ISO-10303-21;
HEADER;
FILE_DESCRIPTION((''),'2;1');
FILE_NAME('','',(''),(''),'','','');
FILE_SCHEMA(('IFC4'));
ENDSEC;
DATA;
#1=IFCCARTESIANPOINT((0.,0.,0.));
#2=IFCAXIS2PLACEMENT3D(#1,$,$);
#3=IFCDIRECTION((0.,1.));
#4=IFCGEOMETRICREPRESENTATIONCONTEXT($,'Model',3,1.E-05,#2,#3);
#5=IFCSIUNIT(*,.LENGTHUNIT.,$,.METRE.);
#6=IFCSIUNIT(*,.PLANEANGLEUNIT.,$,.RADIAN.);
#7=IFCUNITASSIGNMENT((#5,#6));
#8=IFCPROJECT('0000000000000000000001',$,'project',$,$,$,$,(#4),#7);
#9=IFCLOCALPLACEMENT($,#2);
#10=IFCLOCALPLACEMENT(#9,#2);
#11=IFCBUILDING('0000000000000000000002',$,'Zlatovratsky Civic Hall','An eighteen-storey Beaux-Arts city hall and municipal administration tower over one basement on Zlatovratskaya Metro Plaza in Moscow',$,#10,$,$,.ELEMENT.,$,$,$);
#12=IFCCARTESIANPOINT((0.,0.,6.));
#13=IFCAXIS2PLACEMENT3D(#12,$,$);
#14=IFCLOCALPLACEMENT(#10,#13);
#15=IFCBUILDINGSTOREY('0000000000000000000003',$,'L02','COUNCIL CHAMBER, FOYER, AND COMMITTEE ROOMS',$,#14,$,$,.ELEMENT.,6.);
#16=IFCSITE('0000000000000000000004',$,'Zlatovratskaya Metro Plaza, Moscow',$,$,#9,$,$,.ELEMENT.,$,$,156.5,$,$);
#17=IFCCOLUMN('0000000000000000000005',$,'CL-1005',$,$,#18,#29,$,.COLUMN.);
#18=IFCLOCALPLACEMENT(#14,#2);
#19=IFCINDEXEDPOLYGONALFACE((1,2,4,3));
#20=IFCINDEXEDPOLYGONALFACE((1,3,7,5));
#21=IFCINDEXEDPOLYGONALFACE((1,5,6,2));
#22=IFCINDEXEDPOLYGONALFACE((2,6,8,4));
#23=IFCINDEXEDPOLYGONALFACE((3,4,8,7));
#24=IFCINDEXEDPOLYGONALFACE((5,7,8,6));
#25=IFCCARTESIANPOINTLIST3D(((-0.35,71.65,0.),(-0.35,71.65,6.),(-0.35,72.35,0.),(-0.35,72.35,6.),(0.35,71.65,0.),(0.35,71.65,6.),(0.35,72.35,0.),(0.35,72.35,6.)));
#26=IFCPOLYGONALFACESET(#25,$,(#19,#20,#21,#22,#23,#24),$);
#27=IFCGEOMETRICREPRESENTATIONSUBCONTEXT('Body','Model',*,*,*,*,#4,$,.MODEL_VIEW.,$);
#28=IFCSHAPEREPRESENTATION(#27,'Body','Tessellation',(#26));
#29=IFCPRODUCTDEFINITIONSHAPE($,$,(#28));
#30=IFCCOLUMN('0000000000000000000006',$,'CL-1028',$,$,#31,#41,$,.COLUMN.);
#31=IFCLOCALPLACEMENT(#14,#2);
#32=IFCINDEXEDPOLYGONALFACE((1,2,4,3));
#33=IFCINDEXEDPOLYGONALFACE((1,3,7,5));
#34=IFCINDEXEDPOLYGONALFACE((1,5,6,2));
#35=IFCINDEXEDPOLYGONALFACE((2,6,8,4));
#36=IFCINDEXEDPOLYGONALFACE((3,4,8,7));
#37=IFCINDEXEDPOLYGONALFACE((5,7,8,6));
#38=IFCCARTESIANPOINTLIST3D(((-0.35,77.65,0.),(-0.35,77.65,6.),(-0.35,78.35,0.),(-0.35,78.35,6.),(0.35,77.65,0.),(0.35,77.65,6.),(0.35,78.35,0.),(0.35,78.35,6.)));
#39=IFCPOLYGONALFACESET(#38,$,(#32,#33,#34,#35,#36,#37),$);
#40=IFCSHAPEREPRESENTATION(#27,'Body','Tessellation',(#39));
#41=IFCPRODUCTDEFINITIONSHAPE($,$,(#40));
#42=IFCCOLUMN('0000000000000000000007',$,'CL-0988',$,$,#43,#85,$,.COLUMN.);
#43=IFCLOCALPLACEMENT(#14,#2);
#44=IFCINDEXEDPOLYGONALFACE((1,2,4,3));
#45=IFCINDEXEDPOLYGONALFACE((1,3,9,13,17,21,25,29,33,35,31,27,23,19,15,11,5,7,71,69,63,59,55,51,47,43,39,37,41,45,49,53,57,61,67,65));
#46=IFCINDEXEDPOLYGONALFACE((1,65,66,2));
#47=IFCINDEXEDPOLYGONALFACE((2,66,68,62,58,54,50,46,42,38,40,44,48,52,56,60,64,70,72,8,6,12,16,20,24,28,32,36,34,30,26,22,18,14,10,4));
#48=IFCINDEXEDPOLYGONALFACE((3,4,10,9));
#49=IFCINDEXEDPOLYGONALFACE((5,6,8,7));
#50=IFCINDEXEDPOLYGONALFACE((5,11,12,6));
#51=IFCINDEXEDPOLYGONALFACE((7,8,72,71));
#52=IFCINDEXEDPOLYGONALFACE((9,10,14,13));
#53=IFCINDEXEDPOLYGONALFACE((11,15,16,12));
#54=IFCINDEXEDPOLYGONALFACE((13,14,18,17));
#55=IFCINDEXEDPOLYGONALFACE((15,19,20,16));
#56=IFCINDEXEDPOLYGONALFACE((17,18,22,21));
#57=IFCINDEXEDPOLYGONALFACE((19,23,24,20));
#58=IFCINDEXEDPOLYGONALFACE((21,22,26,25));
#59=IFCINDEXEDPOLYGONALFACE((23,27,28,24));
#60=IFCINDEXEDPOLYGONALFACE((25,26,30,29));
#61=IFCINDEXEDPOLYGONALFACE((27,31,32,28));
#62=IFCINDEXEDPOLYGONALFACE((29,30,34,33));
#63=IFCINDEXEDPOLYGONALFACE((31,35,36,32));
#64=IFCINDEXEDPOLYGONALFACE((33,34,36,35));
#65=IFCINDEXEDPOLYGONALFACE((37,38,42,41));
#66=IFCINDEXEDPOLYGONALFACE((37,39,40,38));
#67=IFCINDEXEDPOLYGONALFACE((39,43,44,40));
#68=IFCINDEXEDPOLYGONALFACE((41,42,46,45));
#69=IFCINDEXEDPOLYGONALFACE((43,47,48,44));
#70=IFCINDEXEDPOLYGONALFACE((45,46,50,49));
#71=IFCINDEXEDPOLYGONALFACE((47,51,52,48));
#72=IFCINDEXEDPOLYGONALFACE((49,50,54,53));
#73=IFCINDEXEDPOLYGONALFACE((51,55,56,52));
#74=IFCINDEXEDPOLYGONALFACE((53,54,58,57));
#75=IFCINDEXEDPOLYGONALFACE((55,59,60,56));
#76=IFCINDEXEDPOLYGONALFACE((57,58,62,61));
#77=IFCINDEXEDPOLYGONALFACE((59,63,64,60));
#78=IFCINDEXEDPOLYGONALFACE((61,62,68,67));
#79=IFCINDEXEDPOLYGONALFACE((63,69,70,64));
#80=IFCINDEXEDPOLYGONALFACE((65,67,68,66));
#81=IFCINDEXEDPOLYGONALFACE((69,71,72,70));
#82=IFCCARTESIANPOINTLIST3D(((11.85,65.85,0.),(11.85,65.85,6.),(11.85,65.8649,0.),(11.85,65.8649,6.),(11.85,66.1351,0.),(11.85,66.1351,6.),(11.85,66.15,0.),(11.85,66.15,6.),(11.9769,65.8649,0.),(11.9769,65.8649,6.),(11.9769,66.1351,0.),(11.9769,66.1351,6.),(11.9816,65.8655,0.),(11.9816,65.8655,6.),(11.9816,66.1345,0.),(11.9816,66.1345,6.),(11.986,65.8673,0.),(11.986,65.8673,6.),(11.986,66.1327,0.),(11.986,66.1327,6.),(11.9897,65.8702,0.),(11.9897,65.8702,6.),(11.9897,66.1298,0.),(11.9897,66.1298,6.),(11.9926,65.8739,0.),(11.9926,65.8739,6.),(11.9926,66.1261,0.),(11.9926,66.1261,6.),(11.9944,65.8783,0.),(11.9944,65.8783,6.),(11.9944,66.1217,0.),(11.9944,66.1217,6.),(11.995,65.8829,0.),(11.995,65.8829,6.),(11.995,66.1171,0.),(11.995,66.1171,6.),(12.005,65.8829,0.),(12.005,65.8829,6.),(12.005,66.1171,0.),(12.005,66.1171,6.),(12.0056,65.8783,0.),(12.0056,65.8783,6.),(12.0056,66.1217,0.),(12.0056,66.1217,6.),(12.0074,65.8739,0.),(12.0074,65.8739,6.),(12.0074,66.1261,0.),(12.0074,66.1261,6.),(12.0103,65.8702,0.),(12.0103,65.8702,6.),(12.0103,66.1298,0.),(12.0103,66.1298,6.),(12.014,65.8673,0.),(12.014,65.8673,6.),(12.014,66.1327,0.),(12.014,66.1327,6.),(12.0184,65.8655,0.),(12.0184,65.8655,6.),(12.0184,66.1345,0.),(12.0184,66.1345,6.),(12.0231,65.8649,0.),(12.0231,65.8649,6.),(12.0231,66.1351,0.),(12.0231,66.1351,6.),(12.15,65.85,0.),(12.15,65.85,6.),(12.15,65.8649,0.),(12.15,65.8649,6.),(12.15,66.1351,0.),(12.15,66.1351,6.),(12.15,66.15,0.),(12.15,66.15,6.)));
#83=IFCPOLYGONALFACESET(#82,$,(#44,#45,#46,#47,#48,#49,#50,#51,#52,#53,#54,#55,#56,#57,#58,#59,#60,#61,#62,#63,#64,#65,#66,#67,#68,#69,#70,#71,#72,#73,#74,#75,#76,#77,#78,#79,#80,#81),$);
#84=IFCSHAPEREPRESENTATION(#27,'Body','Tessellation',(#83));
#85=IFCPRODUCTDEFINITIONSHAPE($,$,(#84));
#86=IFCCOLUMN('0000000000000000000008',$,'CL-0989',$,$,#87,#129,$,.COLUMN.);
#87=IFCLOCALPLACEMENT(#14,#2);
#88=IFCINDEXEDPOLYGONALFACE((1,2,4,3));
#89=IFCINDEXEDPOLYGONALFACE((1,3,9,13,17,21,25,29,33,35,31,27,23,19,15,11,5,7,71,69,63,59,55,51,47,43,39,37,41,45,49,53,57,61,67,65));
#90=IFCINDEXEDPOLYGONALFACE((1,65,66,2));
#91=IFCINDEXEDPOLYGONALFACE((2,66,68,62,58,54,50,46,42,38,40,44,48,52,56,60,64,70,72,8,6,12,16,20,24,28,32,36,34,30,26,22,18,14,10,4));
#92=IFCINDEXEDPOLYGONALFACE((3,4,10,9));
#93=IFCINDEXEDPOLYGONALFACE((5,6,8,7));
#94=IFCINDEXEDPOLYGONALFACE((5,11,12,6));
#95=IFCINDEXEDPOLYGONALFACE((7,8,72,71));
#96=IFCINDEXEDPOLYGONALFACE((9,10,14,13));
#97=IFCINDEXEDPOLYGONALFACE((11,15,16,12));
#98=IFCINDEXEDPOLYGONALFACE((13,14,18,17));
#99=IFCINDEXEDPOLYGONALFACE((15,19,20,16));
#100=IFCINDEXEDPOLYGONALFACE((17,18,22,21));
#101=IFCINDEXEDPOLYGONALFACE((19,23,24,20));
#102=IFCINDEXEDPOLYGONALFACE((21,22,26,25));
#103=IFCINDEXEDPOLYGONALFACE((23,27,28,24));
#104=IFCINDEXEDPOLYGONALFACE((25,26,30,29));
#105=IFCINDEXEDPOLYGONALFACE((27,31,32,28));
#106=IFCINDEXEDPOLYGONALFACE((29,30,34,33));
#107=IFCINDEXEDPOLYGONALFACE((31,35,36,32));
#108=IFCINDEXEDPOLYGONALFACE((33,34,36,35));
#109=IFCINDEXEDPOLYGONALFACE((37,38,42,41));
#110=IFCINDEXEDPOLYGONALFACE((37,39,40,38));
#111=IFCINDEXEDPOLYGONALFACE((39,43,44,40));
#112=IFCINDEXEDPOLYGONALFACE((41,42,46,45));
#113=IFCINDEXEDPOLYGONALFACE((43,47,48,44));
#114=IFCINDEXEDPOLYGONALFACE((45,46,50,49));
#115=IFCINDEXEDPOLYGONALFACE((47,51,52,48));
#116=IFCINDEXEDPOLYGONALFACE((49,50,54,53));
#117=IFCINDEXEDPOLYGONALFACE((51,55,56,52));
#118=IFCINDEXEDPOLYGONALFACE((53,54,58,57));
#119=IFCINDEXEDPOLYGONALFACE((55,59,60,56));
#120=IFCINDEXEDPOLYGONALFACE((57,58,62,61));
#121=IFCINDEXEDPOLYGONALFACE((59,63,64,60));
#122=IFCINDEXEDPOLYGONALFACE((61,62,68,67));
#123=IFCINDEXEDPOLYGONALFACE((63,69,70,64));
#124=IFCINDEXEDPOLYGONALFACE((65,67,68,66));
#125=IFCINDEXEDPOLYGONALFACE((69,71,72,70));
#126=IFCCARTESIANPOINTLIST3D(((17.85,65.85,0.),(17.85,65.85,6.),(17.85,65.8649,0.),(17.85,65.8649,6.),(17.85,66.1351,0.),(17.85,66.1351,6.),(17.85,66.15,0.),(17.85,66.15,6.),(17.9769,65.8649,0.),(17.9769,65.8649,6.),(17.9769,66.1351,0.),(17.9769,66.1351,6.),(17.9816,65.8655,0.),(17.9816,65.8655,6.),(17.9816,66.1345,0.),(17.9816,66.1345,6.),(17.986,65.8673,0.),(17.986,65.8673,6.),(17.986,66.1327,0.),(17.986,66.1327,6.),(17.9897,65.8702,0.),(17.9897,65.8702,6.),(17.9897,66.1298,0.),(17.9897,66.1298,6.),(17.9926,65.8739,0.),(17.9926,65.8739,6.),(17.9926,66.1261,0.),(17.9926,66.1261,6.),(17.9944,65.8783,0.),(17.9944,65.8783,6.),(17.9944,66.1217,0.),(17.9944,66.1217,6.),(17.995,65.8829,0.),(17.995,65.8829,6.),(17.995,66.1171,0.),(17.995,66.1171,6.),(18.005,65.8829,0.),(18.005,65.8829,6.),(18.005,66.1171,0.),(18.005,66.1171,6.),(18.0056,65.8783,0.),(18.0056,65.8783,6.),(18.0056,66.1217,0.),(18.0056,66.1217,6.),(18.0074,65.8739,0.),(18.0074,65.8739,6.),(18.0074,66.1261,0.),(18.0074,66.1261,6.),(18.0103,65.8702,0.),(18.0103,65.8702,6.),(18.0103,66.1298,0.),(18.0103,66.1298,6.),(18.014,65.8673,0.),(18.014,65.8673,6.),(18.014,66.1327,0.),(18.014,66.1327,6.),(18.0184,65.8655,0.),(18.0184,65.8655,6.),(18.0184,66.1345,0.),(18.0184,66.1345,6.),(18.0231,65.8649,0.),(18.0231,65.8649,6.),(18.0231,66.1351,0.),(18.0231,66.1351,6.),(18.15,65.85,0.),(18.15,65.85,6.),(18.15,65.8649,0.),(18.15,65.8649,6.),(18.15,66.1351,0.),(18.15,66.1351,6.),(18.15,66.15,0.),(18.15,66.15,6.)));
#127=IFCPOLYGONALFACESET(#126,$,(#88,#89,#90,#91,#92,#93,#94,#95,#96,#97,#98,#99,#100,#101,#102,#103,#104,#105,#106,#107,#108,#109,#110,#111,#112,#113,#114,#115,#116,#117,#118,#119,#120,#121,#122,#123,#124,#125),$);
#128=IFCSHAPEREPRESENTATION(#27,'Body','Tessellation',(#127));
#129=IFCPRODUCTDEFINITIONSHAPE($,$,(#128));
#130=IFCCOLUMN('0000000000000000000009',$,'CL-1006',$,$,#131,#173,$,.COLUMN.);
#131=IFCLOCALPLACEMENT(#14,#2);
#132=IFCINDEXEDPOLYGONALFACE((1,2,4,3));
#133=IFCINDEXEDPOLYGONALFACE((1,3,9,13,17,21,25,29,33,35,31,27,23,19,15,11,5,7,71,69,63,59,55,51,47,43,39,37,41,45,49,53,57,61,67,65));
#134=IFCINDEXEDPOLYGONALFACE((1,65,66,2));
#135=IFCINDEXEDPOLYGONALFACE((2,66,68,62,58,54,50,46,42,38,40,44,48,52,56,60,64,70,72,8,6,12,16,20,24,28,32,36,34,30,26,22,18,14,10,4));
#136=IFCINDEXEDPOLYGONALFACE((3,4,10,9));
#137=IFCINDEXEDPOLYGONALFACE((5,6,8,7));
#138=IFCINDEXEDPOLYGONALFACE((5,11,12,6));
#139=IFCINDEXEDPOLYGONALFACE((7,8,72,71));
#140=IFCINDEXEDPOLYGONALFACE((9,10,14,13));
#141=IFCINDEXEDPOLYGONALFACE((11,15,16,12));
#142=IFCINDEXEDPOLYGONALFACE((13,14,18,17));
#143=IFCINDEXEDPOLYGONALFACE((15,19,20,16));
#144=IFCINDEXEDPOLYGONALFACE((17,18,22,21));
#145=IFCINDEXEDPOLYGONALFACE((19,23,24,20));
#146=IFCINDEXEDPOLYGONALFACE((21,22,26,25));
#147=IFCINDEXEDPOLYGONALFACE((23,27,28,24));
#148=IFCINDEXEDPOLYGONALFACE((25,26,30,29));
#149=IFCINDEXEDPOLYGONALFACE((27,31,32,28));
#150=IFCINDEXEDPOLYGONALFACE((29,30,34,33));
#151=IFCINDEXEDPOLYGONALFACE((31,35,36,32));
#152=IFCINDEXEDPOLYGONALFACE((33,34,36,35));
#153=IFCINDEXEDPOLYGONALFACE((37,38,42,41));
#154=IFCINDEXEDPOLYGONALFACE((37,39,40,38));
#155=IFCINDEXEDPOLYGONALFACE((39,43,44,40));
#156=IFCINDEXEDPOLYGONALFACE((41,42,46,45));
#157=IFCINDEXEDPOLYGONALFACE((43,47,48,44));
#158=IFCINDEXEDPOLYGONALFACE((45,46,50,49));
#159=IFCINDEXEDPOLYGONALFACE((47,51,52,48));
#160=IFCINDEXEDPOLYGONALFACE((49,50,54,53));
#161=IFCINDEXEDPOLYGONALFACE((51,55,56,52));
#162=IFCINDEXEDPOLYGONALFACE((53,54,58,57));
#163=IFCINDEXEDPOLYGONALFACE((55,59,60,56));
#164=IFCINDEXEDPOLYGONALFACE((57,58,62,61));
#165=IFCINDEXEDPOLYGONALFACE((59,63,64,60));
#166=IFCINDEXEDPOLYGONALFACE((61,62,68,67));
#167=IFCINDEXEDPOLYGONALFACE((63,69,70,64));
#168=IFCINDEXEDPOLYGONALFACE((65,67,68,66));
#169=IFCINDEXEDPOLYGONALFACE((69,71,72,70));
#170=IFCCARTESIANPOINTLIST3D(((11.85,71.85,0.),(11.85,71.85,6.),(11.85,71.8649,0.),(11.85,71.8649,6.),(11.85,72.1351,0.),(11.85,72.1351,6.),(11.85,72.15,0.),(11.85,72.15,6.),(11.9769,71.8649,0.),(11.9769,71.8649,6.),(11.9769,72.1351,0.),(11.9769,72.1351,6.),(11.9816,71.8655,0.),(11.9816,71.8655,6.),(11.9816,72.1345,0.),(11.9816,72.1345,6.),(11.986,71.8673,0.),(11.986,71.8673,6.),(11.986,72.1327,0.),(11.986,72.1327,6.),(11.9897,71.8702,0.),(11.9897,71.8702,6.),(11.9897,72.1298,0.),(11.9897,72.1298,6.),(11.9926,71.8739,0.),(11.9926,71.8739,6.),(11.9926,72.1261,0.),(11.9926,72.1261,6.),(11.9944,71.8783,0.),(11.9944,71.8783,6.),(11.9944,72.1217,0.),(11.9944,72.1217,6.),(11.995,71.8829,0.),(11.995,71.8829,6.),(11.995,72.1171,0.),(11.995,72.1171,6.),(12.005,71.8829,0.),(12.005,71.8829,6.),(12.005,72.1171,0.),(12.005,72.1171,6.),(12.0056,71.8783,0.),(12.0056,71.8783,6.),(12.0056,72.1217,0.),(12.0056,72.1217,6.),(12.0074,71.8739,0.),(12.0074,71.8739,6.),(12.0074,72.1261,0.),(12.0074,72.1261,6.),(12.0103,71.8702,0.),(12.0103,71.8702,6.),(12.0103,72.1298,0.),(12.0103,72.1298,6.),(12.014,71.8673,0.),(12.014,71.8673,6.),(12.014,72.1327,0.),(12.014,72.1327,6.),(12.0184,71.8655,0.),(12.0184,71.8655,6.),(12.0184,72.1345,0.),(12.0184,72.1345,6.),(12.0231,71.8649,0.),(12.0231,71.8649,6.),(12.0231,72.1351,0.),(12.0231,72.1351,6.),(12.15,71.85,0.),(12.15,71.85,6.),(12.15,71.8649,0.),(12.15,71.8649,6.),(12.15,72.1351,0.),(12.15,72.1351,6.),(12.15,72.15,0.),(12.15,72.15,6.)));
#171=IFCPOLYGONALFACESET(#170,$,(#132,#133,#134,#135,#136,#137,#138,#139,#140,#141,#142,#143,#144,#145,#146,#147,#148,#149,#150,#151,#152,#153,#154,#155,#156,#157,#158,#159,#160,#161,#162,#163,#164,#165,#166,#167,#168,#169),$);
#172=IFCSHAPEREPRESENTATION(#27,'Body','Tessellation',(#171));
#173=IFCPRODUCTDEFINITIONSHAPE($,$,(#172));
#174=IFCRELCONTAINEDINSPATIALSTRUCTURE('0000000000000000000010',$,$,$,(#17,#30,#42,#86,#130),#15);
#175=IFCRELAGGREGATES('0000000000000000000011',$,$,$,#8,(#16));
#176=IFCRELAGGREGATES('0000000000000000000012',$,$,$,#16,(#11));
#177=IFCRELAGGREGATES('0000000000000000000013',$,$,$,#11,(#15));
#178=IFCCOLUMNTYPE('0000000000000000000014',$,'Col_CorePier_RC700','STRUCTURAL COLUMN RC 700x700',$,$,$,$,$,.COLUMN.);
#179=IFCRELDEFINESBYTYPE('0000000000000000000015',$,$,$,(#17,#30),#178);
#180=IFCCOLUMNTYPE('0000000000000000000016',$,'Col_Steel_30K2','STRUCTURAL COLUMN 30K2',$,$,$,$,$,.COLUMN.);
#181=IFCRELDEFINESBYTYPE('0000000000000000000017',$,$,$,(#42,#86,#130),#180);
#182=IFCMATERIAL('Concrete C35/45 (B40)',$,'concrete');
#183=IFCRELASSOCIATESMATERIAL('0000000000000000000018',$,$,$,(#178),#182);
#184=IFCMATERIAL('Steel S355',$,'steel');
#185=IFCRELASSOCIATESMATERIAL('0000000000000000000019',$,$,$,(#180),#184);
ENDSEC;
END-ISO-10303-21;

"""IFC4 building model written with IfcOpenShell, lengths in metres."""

from ifc_helpers import new_model, si_unit, direction, frame, origin, origin_2d, place, context, subcontext, project, spatial, rectangle, i_section, extrude, material, material_profile, profile_set, type_object, element, save


model = new_model("IFC4")

# Units and contexts
model_context = context("Model", 3, precision=1e-05, world=origin(), true_north=direction((0.0, 1.0)))
body_context = subcontext(model_context, "Body", "Model", "MODEL_VIEW")
ifc_project = project(units=[si_unit("LENGTHUNIT", "METRE"), si_unit("PLANEANGLEUNIT", "RADIAN")], contexts=[model_context])

# Site, building, storey
site_placement = place(None, origin())
site = spatial("IfcSite", under=ifc_project, at=site_placement, Name="Zlatovratskaya Metro Plaza, Moscow", CompositionType="ELEMENT", RefElevation=156.5)
building_placement = place(site_placement, origin())
building = spatial("IfcBuilding", under=site, at=building_placement, Name="Zlatovratsky Civic Hall", Description="An eighteen-storey Beaux-Arts city hall and municipal administration tower over one basement on Zlatovratskaya Metro Plaza in Moscow", CompositionType="ELEMENT")
storey_placement = place(building_placement, frame((0.0, 0.0, 6.0)))
storey = spatial("IfcBuildingStorey", under=building, at=storey_placement, Name="L02", Description="COUNCIL CHAMBER, FOYER, AND COMMITTEE ROOMS", CompositionType="ELEMENT", Elevation=6.0)

# Columns
ifc_material_1 = material(Name="Concrete C35/45 (B40)", Category="concrete")
ifc_material_profile_1 = material_profile(ifc_material_1, rectangle(XDim=0.7, YDim=0.7, at=origin_2d()), Name="RC 700x700")
ifc_profile_set_1 = profile_set([ifc_material_profile_1], Name="Concrete C35/45 (B40)")
column_type_1 = type_object("IfcColumnType", Name="Col_CorePier_RC700", Description="STRUCTURAL COLUMN RC 700x700", PredefinedType="COLUMN", material=ifc_profile_set_1)
for number, where, z_axis, x_axis, name in (
    (1, (0.0, 72.0, 0.0), (0.0, 0.0, 1.0), (1.0, 0.0, 0.0), "CL-1005"),
    (2, (0.0, 78.0, 0.0), (0.0, 0.0, 1.0), (1.0, 0.0, 0.0), "CL-1028"),
):
    element("IfcColumn", number, at=place(storey_placement, frame(where, z_axis=z_axis, x_axis=x_axis)), inside=storey, type_object=column_type_1, Name=name, PredefinedType="COLUMN", context=body_context, shape_type="SweptSolid", body=[
        extrude(rectangle(XDim=0.7, YDim=0.7, at=origin_2d()), origin(), (0.0, 0.0, 1.0), 6.0),
    ])
ifc_material_2 = material(Name="Steel S355", Category="steel")
ifc_material_profile_2 = material_profile(ifc_material_2, i_section(OverallWidth=0.3, OverallDepth=0.3, WebThickness=0.01, FlangeThickness=0.0149, FilletRadius=0.0181, at=origin_2d()), Name="30K2")
ifc_profile_set_2 = profile_set([ifc_material_profile_2], Name="Steel S355")
column_type_2 = type_object("IfcColumnType", Name="Col_Steel_30K2", Description="STRUCTURAL COLUMN 30K2", PredefinedType="COLUMN", material=ifc_profile_set_2)
for number, where, z_axis, x_axis, name in (
    (3, (12.0, 66.0, 0.0), (0.0, 0.0, 1.0), (1.0, 0.0, 0.0), "CL-0988"),
    (4, (18.0, 66.0, 0.0), (0.0, 0.0, 1.0), (1.0, 0.0, 0.0), "CL-0989"),
    (5, (12.0, 72.0, 0.0), (0.0, 0.0, 1.0), (1.0, 0.0, 0.0), "CL-1006"),
):
    element("IfcColumn", number, at=place(storey_placement, frame(where, z_axis=z_axis, x_axis=x_axis)), inside=storey, type_object=column_type_2, Name=name, PredefinedType="COLUMN", context=body_context, shape_type="SweptSolid", body=[
        extrude(i_section(OverallWidth=0.3, OverallDepth=0.3, WebThickness=0.01, FlangeThickness=0.0149, FilletRadius=0.0181, at=origin_2d()), origin(), (0.0, 0.0, 1.0), 6.0),
    ])

save(model, "model.ifc")
